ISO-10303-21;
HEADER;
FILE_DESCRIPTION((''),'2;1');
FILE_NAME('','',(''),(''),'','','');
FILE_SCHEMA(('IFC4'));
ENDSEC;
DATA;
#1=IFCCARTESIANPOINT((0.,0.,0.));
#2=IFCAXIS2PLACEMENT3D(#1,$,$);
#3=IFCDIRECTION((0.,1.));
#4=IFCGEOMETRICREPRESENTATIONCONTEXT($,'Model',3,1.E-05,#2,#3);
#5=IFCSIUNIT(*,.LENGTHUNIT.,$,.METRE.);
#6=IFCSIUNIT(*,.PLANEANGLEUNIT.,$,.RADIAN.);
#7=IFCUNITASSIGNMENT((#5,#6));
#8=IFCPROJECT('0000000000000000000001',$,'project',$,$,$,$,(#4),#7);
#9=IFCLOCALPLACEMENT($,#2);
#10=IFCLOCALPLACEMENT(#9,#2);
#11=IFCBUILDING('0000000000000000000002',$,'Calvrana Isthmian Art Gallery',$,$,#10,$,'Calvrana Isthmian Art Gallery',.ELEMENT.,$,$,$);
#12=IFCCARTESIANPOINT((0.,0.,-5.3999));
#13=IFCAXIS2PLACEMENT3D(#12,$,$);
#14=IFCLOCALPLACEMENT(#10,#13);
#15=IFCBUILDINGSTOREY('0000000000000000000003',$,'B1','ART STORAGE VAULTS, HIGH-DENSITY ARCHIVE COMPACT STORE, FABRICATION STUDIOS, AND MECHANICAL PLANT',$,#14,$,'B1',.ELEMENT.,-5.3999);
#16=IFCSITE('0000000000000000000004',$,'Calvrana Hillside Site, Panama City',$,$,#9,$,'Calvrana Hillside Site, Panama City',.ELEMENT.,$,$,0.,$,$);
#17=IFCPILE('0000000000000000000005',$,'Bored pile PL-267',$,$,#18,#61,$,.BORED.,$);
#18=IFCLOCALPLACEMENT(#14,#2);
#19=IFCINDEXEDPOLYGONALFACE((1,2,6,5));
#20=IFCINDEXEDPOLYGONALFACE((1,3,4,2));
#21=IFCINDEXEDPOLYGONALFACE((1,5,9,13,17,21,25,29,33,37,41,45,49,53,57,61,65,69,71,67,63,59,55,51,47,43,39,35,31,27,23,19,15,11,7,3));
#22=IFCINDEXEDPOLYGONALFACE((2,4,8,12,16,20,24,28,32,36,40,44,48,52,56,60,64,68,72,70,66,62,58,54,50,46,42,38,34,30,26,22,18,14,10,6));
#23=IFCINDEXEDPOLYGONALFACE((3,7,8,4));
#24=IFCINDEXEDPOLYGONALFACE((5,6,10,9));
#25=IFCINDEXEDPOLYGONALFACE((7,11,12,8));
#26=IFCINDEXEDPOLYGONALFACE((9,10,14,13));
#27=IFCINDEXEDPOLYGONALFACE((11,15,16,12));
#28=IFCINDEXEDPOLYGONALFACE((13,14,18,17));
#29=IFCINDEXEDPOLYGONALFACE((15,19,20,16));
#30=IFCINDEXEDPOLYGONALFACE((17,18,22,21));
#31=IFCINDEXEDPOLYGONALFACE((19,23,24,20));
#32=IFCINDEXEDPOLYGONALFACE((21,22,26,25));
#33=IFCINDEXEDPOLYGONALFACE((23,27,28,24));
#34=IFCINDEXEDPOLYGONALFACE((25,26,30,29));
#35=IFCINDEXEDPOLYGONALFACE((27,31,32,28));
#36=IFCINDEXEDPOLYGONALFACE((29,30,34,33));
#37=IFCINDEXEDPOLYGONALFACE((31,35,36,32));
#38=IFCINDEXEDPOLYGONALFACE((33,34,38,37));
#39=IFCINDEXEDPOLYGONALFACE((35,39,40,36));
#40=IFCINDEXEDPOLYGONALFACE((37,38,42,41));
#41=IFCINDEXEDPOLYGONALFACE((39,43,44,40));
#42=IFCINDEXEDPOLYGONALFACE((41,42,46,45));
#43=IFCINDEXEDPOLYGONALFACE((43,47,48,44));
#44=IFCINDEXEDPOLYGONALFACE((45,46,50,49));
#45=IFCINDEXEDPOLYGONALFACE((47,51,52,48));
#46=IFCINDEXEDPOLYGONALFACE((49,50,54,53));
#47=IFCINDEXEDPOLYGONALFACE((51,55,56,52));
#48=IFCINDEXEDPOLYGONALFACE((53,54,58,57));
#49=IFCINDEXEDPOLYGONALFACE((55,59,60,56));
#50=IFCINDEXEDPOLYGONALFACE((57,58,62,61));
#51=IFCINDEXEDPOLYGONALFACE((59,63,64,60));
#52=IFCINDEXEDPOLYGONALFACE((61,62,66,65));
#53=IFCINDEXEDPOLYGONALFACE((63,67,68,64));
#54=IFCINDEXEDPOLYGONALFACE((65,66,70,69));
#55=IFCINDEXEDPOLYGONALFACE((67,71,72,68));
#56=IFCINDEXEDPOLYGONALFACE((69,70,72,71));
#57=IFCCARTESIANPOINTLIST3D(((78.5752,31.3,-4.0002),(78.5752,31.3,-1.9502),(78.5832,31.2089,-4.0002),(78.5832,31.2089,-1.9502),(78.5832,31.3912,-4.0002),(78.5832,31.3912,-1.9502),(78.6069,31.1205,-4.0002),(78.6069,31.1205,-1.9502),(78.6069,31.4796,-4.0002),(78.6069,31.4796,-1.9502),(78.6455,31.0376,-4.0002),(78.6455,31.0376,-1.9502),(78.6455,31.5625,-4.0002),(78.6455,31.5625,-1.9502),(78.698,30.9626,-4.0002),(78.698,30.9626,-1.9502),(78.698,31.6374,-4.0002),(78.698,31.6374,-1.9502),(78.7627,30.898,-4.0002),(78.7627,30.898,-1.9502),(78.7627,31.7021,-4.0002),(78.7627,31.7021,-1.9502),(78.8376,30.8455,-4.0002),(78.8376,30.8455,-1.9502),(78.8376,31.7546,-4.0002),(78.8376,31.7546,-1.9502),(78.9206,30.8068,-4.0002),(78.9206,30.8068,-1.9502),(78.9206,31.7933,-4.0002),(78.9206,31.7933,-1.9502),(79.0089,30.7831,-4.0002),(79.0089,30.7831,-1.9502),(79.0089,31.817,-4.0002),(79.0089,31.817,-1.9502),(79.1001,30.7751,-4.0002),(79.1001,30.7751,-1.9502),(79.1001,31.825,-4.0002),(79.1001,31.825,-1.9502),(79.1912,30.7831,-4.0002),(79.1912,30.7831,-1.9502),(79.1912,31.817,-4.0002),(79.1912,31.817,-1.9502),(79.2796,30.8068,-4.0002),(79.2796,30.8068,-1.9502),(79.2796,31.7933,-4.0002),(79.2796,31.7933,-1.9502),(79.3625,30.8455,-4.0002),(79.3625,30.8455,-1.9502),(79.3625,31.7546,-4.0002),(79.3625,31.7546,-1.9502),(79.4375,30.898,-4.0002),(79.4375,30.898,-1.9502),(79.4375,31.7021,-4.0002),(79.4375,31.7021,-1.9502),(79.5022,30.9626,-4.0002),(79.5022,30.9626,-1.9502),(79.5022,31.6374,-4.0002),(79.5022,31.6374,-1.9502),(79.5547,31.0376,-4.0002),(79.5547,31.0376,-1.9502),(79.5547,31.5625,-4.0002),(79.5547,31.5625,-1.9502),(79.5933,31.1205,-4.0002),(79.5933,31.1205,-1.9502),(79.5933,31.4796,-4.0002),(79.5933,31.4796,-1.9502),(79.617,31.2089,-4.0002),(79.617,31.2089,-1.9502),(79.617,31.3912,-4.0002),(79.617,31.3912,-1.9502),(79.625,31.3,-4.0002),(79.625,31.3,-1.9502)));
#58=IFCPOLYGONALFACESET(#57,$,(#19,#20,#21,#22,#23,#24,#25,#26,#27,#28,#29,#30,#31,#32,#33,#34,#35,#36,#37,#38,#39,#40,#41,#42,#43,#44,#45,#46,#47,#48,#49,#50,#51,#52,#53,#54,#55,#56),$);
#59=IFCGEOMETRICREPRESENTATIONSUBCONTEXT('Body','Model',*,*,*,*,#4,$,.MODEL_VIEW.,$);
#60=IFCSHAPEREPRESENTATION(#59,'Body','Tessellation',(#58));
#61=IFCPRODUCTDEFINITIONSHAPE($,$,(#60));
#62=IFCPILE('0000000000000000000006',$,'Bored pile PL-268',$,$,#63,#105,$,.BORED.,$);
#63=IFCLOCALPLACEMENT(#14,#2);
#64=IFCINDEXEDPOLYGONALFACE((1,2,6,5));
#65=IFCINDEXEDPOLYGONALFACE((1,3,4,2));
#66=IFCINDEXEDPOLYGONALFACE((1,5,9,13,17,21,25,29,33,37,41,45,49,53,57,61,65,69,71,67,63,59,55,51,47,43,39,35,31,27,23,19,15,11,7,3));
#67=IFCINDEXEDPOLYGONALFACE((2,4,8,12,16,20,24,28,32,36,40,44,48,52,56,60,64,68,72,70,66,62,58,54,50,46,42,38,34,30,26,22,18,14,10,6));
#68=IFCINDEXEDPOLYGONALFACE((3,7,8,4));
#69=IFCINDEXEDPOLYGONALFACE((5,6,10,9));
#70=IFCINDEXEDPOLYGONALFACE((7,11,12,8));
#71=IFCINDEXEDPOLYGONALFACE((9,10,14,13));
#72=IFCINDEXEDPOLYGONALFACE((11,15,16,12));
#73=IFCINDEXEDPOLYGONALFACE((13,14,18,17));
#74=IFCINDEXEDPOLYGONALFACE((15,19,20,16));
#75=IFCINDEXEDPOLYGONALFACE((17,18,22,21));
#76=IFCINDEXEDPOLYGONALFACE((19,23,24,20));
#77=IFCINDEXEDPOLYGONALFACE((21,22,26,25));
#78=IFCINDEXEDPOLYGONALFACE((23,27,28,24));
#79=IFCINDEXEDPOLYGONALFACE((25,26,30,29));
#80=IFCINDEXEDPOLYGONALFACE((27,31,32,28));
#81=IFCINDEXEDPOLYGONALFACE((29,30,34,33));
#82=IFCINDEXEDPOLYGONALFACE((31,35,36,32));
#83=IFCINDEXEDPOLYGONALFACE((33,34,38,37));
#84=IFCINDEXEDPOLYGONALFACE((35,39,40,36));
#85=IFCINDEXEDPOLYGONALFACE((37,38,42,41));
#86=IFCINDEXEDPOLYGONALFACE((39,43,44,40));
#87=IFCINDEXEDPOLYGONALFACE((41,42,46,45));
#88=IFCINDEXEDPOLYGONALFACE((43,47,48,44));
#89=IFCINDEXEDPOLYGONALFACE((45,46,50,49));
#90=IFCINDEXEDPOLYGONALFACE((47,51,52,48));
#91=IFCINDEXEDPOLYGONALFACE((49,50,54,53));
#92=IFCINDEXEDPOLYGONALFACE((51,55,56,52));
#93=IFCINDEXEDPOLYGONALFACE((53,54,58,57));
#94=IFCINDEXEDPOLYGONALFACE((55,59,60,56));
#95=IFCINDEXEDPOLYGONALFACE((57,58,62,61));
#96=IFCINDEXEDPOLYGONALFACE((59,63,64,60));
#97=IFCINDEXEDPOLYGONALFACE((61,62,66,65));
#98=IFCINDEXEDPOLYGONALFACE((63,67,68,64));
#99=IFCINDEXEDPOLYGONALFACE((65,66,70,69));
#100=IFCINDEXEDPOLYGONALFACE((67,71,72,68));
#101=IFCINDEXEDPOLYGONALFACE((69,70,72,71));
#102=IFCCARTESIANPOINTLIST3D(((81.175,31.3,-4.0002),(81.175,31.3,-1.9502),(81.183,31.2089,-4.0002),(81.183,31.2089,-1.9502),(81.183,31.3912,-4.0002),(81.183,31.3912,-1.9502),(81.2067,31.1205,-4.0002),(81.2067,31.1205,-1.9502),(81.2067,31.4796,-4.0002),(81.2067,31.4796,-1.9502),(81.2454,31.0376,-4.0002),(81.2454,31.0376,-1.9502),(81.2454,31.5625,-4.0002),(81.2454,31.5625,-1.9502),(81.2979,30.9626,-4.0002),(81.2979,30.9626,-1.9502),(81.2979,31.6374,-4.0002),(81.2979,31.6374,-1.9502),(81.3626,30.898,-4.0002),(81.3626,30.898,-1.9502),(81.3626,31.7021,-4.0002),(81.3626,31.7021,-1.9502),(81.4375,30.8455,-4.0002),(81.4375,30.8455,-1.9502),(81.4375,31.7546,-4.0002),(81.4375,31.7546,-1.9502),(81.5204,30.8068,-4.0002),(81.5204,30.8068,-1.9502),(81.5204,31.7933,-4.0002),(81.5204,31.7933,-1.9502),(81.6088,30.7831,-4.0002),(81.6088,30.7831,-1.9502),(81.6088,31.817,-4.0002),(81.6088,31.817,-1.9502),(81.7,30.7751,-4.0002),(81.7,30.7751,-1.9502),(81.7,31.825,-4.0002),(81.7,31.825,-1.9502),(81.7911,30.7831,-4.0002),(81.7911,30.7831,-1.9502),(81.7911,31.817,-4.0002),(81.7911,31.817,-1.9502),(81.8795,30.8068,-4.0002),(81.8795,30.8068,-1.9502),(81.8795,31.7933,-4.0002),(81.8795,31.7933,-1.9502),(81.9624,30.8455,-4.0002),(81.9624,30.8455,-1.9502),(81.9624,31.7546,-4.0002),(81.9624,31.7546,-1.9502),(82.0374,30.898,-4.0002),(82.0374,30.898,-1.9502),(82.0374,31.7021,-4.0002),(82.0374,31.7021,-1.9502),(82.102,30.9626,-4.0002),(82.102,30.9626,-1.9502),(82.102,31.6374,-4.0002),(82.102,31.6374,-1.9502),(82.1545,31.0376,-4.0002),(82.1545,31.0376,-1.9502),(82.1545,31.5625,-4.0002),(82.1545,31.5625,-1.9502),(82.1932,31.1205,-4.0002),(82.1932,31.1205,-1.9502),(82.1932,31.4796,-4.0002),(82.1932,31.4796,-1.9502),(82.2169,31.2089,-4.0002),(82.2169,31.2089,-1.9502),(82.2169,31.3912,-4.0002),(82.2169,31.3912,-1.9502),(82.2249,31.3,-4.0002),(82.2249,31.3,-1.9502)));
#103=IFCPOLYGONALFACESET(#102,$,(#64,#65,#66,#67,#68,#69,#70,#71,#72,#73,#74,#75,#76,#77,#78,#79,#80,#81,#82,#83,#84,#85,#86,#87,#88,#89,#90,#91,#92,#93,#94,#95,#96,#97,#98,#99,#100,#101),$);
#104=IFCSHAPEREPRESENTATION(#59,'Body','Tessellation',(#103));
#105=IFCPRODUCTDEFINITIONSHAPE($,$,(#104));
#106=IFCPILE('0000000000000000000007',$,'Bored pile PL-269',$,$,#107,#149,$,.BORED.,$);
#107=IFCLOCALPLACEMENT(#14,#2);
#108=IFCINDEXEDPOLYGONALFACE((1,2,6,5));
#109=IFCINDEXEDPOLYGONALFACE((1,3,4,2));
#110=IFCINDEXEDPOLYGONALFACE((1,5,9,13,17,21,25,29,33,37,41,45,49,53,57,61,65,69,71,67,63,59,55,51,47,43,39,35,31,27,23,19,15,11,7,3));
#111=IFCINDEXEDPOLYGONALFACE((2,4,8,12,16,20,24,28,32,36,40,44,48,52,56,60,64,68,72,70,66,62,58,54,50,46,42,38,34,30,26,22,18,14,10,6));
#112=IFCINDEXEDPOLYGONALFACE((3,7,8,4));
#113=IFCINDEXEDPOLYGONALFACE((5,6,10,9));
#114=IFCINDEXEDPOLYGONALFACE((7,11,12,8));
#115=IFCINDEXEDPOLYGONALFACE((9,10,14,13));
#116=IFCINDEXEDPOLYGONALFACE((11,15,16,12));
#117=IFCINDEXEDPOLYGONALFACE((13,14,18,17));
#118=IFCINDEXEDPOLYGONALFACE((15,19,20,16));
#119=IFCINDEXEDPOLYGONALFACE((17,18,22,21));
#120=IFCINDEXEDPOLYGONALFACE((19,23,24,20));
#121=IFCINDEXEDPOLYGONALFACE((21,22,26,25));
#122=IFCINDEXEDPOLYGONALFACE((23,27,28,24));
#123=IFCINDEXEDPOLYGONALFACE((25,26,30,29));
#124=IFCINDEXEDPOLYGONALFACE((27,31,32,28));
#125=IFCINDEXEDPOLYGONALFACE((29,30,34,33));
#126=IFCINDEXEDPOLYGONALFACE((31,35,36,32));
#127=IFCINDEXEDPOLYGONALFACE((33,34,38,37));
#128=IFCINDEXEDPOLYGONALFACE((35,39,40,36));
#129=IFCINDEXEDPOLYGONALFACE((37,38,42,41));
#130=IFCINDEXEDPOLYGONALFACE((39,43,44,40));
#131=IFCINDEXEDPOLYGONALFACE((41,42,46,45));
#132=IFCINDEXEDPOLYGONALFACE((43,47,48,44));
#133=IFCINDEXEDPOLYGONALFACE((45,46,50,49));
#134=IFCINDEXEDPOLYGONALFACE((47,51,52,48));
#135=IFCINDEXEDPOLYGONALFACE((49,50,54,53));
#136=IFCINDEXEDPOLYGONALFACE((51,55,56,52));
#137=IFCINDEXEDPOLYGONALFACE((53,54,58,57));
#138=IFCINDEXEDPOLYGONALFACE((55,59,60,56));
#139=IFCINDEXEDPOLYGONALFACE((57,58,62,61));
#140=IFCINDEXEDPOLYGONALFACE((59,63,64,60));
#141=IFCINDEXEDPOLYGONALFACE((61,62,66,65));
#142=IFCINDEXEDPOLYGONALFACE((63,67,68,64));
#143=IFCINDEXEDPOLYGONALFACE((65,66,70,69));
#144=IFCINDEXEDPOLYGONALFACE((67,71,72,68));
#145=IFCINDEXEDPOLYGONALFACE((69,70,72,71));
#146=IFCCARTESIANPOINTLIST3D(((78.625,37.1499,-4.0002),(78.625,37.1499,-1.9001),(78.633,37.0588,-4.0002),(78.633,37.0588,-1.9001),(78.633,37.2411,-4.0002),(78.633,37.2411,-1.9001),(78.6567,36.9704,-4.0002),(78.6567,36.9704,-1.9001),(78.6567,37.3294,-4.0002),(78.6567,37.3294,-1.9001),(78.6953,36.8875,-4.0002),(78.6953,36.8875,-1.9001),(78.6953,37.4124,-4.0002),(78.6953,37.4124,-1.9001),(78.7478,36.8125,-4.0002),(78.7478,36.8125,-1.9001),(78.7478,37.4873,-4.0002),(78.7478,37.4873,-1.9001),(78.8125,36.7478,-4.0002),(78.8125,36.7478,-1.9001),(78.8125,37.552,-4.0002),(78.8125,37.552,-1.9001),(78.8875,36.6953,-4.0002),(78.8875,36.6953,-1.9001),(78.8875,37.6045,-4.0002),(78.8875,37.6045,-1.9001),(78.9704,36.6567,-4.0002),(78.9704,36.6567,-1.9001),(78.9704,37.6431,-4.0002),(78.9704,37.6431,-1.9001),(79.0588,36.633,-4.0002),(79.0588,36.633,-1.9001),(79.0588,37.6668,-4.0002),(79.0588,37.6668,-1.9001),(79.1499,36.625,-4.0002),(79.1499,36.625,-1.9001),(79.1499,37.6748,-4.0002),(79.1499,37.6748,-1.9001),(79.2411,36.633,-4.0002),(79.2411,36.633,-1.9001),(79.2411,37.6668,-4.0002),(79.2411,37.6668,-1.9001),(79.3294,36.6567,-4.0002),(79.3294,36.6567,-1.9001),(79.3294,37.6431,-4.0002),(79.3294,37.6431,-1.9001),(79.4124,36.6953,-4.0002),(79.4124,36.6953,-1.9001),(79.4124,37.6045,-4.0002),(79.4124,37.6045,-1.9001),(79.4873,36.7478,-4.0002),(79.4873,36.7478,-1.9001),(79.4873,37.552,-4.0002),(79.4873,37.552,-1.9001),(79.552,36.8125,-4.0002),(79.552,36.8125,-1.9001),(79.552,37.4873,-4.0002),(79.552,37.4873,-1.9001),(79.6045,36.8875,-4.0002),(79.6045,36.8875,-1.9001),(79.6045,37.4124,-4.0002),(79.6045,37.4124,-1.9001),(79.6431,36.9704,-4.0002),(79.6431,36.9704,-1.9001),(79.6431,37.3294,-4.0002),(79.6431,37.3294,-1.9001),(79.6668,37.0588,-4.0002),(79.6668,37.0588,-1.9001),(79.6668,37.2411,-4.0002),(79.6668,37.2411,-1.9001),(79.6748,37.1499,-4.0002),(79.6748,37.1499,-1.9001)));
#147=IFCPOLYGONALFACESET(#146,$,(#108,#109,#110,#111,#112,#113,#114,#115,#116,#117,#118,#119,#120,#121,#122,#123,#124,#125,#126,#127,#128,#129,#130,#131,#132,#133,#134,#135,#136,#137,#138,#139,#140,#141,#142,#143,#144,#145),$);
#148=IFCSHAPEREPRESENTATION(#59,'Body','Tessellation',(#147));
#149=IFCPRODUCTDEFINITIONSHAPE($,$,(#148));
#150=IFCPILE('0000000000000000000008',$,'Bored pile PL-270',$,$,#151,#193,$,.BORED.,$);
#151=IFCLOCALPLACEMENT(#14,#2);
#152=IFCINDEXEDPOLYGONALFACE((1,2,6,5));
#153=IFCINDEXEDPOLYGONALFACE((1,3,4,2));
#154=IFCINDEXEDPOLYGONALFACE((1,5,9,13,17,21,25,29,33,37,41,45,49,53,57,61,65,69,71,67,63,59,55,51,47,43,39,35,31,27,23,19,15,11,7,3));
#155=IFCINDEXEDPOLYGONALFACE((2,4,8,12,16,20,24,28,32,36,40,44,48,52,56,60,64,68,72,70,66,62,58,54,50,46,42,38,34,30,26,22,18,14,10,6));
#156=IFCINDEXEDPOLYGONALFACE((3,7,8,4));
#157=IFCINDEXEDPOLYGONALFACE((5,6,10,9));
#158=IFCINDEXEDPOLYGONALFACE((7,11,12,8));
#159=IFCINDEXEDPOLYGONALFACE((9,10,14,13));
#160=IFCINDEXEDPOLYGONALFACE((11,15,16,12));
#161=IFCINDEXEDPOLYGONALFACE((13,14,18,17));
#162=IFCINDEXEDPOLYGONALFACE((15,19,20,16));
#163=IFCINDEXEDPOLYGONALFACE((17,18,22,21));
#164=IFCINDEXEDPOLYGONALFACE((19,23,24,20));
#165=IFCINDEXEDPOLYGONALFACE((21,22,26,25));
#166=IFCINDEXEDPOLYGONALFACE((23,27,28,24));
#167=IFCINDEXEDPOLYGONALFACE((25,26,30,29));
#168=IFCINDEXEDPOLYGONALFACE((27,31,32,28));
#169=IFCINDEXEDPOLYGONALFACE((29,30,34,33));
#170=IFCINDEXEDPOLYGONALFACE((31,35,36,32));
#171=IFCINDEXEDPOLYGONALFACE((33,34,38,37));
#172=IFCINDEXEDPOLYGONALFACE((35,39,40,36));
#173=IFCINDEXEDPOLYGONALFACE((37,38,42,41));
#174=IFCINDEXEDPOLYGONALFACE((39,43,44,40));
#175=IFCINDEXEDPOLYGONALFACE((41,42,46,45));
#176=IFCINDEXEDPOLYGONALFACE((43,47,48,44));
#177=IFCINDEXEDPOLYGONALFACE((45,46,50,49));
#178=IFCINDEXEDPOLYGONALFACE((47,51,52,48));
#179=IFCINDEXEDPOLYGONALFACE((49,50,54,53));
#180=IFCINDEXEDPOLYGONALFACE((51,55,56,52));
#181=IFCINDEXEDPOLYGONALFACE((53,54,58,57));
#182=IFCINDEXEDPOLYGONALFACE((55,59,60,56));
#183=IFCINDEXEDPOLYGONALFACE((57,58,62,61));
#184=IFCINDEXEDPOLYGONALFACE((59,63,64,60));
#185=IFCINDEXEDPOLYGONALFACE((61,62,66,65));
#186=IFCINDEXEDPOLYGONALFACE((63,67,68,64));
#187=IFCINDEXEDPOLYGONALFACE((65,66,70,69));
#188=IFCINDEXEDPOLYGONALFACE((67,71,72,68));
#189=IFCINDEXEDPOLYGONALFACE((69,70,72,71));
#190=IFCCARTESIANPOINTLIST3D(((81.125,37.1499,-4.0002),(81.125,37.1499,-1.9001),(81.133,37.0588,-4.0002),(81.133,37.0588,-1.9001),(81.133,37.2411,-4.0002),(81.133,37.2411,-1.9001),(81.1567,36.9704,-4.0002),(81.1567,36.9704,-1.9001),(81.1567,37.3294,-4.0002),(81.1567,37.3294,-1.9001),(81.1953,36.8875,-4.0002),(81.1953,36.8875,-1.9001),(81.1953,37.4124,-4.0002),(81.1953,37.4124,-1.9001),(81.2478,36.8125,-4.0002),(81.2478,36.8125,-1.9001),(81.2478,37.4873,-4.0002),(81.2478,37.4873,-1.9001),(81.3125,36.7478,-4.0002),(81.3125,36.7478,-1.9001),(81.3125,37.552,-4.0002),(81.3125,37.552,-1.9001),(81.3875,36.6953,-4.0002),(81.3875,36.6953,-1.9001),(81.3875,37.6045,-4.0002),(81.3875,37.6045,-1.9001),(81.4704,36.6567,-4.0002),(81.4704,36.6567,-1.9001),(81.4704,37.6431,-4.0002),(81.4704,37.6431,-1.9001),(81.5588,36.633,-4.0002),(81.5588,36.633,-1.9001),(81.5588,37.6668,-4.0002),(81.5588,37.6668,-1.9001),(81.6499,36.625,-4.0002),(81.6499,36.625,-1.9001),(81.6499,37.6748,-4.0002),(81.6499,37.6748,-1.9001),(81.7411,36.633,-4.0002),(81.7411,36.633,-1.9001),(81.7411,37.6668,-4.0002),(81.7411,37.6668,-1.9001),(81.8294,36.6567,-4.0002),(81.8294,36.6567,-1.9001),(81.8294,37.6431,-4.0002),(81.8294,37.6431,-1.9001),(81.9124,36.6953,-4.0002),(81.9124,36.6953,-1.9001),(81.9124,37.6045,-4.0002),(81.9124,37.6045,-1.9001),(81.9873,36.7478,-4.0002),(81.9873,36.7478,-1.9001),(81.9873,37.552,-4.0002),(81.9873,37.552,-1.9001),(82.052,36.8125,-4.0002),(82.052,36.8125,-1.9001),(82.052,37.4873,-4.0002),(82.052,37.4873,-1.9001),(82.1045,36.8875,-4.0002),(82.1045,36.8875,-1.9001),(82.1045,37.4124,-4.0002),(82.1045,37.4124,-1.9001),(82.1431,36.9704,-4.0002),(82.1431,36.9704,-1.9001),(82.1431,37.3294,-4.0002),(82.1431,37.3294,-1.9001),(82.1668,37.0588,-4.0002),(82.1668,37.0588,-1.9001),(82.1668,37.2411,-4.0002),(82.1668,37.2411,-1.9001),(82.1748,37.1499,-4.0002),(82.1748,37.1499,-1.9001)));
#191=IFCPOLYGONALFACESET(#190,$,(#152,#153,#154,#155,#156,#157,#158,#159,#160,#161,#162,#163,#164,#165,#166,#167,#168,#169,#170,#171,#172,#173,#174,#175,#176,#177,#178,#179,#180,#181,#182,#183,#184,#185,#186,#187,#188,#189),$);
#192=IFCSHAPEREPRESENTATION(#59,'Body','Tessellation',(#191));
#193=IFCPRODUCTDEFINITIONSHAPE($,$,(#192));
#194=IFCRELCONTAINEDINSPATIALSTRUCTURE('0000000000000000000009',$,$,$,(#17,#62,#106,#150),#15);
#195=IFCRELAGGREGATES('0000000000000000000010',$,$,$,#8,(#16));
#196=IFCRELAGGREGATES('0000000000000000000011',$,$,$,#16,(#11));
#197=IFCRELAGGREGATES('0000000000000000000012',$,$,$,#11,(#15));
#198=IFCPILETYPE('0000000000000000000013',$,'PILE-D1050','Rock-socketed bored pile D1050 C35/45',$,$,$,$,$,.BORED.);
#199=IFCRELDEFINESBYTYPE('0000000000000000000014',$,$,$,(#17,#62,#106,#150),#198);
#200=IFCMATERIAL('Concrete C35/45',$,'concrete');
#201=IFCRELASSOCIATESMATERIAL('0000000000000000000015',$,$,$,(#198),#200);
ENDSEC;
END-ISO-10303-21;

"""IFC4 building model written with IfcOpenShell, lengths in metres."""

from ifc_helpers import new_model, si_unit, direction, frame, origin, origin_2d, place, context, subcontext, project, spatial, circle, extrude, material, material_profile, profile_set, type_object, element, save


model = new_model("IFC4")

# Units and contexts
model_context = context("Model", 3, precision=1e-05, world=origin(), true_north=direction((0.0, 1.0)))
body_context = subcontext(model_context, "Body", "Model", "MODEL_VIEW")
ifc_project = project(units=[si_unit("LENGTHUNIT", "METRE"), si_unit("PLANEANGLEUNIT", "RADIAN")], contexts=[model_context])

# Site, building, storey
site_placement = place(None, origin())
site = spatial("IfcSite", under=ifc_project, at=site_placement, Name="Calvrana Hillside Site, Panama City", LongName="Calvrana Hillside Site, Panama City", CompositionType="ELEMENT", RefElevation=0.0)
building_placement = place(site_placement, origin())
building = spatial("IfcBuilding", under=site, at=building_placement, Name="Calvrana Isthmian Art Gallery", LongName="Calvrana Isthmian Art Gallery", CompositionType="ELEMENT")
storey_placement = place(building_placement, frame((0.0, 0.0, -5.3999)))
storey = spatial("IfcBuildingStorey", under=building, at=storey_placement, Name="B1", Description="ART STORAGE VAULTS, HIGH-DENSITY ARCHIVE COMPACT STORE, FABRICATION STUDIOS, AND MECHANICAL PLANT", LongName="B1", CompositionType="ELEMENT", Elevation=-5.3999)

# Shared definitions
ifc_material_1 = material(Name="Concrete C35/45", Category="concrete")

# Piles
ifc_material_profile_1 = material_profile(ifc_material_1, circle(Radius=0.5249, at=origin_2d()), Name="PILE1050D")
ifc_profile_set_1 = profile_set([ifc_material_profile_1], Name="Concrete C35/45")
pile_type_1 = type_object("IfcPileType", Name="PILE-D1050", Description="Rock-socketed bored pile D1050 C35/45", PredefinedType="BORED", material=ifc_profile_set_1)
for number, where, z_axis, x_axis, name in (
    (1, (79.1001, 31.3, -1.9502), (0.0, 0.0, -1.0), (1.0, 0.0, 0.0), "Bored pile PL-267"),
    (2, (81.7, 31.3, -1.9502), (0.0, 0.0, -1.0), (1.0, 0.0, 0.0), "Bored pile PL-268"),
):
    element("IfcPile", number, at=place(storey_placement, frame(where, z_axis=z_axis, x_axis=x_axis)), inside=storey, type_object=pile_type_1, Name=name, PredefinedType="BORED", context=body_context, shape_type="SweptSolid", body=[
        extrude(circle(Radius=0.5249, at=origin_2d()), origin(), (0.0, 0.0, 1.0), 2.05),
    ])
for number, where, z_axis, x_axis, name in (
    (3, (79.1499, 37.1499, -1.9001), (0.0, 0.0, -1.0), (1.0, 0.0, 0.0), "Bored pile PL-269"),
    (4, (81.6499, 37.1499, -1.9001), (0.0, 0.0, -1.0), (1.0, 0.0, 0.0), "Bored pile PL-270"),
):
    element("IfcPile", number, at=place(storey_placement, frame(where, z_axis=z_axis, x_axis=x_axis)), inside=storey, type_object=pile_type_1, Name=name, PredefinedType="BORED", context=body_context, shape_type="SweptSolid", body=[
        extrude(circle(Radius=0.5249, at=origin_2d()), origin(), (0.0, 0.0, 1.0), 2.1001),
    ])

save(model, "model.ifc")
